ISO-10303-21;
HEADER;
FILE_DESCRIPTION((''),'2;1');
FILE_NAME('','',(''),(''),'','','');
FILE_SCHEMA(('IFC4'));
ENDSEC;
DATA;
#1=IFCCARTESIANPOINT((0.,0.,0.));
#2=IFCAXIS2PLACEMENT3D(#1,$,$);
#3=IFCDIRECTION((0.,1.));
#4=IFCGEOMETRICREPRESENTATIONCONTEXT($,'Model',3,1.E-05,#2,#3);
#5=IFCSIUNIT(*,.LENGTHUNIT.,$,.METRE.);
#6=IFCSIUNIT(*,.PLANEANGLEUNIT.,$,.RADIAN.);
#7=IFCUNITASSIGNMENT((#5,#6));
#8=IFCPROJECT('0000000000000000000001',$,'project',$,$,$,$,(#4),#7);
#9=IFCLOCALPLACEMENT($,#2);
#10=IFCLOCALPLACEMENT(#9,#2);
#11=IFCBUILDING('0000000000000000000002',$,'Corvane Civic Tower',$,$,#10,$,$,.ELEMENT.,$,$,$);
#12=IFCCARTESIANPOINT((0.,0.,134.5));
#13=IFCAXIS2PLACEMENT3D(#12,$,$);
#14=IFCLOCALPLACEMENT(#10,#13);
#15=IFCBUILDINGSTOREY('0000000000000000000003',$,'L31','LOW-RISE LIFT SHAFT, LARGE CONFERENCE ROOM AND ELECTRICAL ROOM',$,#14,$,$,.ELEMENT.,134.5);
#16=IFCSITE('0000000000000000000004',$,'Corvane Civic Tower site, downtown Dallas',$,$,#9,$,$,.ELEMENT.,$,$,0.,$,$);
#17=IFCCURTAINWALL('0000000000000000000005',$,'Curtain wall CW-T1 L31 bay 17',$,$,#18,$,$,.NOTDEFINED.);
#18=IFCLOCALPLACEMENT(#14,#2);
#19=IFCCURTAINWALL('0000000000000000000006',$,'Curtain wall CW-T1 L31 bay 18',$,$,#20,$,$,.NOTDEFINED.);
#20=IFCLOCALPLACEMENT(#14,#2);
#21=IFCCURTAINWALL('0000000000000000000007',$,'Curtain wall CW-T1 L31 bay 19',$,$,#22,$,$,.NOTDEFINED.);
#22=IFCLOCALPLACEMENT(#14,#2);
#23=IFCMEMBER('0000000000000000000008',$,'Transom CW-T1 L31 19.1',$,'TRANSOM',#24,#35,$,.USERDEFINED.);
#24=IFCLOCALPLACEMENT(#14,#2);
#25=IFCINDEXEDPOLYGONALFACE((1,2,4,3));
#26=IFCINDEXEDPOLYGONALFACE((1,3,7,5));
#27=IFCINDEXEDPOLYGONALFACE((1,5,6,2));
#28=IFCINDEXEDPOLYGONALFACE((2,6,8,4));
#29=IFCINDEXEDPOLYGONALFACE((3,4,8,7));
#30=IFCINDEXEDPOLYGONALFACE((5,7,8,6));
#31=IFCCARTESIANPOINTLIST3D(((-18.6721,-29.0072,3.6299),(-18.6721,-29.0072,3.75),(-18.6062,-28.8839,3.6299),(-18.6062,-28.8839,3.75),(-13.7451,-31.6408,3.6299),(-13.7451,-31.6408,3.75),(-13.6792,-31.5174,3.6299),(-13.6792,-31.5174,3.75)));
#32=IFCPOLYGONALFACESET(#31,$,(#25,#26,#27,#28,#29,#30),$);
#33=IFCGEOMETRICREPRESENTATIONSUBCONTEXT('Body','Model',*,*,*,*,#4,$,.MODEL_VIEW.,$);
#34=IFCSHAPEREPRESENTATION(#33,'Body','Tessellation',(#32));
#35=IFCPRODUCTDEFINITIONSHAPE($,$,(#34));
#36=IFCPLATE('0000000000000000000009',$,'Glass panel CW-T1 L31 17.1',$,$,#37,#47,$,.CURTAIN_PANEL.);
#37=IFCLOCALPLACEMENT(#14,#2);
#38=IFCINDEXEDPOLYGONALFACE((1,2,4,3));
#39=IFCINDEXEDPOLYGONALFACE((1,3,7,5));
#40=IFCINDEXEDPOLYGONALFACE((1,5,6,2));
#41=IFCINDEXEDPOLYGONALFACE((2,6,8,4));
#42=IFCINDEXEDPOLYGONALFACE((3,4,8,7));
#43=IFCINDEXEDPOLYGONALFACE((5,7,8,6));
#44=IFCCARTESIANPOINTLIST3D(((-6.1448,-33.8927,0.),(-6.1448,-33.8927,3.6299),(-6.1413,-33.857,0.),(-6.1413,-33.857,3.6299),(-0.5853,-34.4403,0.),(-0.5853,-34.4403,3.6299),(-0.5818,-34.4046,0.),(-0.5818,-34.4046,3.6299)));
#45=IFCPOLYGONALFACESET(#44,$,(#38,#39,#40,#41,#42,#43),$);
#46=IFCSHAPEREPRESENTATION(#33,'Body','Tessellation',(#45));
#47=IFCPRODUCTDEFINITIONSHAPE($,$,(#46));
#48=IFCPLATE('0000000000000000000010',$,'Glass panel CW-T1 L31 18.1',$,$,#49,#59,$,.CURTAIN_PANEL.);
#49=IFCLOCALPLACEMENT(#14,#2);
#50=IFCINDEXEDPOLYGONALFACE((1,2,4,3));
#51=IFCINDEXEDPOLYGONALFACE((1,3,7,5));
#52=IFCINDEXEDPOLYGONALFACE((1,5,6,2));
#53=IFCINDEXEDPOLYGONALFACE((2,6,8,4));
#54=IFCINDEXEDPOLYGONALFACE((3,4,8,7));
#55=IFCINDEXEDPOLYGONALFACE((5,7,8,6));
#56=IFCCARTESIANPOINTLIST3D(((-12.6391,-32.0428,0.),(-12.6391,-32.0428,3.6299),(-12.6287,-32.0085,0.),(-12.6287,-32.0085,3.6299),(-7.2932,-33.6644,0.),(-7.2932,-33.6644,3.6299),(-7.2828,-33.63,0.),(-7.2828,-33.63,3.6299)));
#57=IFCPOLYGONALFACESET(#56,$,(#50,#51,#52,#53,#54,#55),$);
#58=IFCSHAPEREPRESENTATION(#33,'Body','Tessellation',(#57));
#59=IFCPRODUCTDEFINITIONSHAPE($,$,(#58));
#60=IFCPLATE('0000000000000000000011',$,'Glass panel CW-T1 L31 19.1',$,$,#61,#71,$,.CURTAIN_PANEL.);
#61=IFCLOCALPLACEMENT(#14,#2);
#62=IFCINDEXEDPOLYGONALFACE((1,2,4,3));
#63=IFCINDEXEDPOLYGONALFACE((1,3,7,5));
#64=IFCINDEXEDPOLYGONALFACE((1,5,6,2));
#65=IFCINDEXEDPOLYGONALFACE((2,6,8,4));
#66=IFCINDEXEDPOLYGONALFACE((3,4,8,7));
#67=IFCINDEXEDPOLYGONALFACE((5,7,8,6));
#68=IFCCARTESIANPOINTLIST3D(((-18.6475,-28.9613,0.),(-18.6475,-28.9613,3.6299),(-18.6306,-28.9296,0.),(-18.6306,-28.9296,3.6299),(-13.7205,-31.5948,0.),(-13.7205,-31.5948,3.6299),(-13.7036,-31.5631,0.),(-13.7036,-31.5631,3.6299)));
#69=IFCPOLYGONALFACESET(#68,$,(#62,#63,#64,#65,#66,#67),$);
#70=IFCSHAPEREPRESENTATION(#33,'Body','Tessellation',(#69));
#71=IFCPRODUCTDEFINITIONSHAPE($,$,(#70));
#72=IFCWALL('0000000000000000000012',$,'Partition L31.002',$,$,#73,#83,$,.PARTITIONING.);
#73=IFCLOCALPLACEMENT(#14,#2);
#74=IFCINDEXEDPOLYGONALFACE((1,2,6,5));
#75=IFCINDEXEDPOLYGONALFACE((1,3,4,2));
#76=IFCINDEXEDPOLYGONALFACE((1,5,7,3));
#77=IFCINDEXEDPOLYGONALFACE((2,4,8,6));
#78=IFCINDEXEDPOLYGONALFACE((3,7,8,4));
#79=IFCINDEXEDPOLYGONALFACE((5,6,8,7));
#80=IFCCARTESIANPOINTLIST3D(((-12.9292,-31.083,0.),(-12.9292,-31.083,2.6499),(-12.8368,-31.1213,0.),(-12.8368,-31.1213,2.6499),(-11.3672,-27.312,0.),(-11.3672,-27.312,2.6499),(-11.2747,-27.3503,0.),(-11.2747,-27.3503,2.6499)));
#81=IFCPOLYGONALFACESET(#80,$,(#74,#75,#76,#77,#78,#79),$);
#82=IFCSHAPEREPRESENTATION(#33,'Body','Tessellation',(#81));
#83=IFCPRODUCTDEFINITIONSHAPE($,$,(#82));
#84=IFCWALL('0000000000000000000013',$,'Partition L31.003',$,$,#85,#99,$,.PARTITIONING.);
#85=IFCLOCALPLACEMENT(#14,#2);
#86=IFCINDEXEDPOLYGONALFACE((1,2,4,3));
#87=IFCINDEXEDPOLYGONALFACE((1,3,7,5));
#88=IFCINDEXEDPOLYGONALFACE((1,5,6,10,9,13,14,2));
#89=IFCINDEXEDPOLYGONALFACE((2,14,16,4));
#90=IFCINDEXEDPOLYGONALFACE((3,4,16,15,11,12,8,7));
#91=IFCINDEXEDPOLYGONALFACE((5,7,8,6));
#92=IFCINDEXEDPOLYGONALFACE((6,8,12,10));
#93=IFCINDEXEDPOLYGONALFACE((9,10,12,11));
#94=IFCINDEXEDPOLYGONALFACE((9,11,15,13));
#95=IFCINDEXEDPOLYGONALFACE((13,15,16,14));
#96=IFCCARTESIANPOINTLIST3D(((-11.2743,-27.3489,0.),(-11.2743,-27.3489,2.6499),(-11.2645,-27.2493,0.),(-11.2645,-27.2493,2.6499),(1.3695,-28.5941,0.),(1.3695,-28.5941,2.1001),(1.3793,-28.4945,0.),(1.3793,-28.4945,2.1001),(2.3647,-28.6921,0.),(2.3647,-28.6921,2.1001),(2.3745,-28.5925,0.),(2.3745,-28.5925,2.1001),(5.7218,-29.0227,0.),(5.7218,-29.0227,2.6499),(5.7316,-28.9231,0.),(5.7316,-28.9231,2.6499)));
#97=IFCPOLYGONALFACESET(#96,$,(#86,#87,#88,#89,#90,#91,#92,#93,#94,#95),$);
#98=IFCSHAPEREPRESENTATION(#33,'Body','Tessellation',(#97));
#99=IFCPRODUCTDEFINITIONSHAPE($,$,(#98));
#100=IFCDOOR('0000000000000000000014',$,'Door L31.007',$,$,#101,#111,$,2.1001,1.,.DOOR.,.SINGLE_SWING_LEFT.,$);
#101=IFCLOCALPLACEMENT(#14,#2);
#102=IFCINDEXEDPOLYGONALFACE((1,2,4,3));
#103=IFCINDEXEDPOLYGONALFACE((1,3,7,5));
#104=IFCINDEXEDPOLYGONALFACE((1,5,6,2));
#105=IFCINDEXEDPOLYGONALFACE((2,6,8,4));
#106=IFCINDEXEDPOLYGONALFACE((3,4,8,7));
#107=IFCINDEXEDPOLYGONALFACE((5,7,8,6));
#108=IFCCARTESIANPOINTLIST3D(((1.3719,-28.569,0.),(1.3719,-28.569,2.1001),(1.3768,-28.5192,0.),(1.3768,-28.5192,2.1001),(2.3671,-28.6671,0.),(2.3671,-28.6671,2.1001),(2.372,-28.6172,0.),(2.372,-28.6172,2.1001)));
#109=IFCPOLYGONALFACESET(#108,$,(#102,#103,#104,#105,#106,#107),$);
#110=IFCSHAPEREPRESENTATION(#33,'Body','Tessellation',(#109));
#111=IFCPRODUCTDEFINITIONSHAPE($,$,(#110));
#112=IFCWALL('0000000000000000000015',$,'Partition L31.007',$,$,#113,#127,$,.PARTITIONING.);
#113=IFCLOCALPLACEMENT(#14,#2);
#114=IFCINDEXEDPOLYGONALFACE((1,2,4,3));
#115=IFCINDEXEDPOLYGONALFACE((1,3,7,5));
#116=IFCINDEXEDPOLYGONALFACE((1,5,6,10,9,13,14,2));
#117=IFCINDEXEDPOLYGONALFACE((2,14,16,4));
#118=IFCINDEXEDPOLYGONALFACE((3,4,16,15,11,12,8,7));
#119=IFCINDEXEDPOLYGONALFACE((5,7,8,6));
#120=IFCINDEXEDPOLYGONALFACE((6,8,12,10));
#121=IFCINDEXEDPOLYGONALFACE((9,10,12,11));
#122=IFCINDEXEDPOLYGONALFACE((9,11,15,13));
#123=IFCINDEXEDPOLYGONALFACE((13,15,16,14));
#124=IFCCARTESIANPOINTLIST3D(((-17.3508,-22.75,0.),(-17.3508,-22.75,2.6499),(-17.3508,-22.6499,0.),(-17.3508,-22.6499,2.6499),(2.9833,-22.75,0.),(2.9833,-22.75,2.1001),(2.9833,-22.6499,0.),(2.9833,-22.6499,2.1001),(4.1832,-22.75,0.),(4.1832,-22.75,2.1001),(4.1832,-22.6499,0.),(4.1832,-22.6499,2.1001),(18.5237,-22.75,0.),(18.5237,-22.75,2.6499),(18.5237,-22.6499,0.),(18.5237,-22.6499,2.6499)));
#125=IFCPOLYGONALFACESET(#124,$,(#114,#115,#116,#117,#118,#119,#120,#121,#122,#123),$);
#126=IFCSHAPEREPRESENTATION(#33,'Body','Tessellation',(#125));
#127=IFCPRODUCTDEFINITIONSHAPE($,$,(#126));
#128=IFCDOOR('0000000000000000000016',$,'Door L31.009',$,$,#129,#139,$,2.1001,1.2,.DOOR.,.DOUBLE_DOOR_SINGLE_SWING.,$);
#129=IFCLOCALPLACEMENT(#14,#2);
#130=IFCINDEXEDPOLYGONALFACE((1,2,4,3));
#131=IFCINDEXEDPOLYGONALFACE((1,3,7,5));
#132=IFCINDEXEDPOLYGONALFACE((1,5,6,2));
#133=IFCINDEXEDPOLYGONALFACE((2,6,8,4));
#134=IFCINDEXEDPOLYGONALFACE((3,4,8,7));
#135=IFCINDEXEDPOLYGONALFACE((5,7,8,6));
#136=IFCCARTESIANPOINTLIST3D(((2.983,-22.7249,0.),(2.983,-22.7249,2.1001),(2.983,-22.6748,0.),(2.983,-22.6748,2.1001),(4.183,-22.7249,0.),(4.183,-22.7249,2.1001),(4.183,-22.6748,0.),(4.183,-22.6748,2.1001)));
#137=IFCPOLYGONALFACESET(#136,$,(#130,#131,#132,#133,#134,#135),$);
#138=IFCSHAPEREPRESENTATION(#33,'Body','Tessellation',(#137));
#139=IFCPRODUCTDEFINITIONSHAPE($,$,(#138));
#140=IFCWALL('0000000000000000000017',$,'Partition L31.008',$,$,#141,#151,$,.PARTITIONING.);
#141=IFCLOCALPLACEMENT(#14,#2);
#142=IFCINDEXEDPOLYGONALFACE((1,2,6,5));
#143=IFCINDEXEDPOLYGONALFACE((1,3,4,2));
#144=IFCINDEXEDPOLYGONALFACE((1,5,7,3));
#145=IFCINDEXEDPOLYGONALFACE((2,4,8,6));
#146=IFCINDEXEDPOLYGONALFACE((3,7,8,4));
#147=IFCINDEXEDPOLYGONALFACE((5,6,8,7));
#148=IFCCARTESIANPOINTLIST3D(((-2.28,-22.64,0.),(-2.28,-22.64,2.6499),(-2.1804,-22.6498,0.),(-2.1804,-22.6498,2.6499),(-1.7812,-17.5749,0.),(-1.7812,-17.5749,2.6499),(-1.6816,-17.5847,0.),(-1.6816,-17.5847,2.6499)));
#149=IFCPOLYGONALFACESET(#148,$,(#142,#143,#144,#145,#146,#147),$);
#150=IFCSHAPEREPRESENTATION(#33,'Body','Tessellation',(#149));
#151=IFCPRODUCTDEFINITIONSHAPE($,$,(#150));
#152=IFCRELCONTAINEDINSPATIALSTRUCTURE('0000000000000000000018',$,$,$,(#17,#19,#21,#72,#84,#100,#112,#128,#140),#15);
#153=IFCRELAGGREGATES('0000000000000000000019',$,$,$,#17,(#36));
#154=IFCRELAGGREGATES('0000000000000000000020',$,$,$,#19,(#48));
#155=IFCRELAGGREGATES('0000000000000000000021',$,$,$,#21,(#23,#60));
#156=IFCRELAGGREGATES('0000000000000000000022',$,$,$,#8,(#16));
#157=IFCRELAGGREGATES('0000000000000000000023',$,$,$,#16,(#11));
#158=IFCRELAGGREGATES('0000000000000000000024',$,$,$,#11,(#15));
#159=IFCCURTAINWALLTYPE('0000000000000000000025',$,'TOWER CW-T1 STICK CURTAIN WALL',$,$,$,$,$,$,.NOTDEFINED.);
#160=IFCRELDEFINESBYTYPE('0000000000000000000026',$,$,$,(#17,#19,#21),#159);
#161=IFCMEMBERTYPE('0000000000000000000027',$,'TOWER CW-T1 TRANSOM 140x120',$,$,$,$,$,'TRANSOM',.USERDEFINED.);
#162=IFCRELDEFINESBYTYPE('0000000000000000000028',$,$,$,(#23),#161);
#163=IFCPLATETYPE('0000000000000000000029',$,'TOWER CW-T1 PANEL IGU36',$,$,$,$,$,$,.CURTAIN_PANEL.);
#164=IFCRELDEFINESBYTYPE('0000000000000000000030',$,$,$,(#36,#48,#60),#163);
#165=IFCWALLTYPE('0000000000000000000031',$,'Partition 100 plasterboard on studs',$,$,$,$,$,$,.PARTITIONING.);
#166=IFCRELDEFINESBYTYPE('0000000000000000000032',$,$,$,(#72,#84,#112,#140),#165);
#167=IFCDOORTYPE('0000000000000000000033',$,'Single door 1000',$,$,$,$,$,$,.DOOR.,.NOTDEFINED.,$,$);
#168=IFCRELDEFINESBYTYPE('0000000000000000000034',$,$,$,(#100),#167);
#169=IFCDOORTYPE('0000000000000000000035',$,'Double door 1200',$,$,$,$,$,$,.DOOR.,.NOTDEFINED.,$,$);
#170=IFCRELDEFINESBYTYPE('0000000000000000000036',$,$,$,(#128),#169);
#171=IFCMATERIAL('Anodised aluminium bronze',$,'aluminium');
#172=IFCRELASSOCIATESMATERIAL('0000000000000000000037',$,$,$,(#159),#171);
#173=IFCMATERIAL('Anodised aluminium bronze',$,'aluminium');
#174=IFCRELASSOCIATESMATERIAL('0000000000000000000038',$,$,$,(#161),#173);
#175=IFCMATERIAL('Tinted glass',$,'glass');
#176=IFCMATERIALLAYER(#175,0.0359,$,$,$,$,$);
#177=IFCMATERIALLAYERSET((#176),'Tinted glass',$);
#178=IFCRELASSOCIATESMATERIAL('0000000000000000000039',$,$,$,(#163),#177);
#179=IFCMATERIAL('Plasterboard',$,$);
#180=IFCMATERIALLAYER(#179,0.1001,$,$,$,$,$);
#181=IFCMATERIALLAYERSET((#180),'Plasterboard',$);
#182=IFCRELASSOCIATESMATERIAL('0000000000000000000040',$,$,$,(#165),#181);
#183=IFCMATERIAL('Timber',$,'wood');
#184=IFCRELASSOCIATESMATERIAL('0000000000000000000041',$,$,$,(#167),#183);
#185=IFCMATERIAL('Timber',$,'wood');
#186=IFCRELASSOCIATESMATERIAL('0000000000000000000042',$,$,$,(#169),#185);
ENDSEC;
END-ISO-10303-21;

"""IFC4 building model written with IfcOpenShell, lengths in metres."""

from ifc_helpers import new_model, si_unit, direction, frame, frame_2d, origin, origin_2d, place, context, subcontext, project, spatial, rectangle, extrude, material, layer, layer_set, material_profile, profile_set, type_object, element, fill, aggregate, save


model = new_model("IFC4")

# Units and contexts
model_context = context("Model", 3, precision=1e-05, world=origin(), true_north=direction((0.0, 1.0)))
body_context = subcontext(model_context, "Body", "Model", "MODEL_VIEW")
ifc_project = project(units=[si_unit("LENGTHUNIT", "METRE"), si_unit("PLANEANGLEUNIT", "RADIAN")], contexts=[model_context])

# Site, building, storey
site_placement = place(None, origin())
site = spatial("IfcSite", under=ifc_project, at=site_placement, Name="Corvane Civic Tower site, downtown Dallas", CompositionType="ELEMENT", RefElevation=0.0)
building_placement = place(site_placement, origin())
building = spatial("IfcBuilding", under=site, at=building_placement, Name="Corvane Civic Tower", CompositionType="ELEMENT")
storey_placement = place(building_placement, frame((0.0, 0.0, 134.5)))
storey = spatial("IfcBuildingStorey", under=building, at=storey_placement, Name="L31", Description="LOW-RISE LIFT SHAFT, LARGE CONFERENCE ROOM AND ELECTRICAL ROOM", CompositionType="ELEMENT", Elevation=134.5)

# Curtain walls, member
ifc_material_1 = material(Name="Anodised aluminium bronze", Category="aluminium")
curtain_wall_type = type_object("IfcCurtainWallType", Name="TOWER CW-T1 STICK CURTAIN WALL", PredefinedType="NOTDEFINED", material=ifc_material_1)
curtain_wall_1_placement = place(storey_placement, origin())
curtain_wall_1 = element("IfcCurtainWall", 1, at=curtain_wall_1_placement, inside=storey, type_object=curtain_wall_type, Name="Curtain wall CW-T1 L31 bay 17", PredefinedType="NOTDEFINED")
ifc_material_2 = material(Name="Anodised aluminium bronze", Category="aluminium")
ifc_material_profile_1 = material_profile(ifc_material_2, rectangle(XDim=0.1399, YDim=0.1201, at=origin_2d()), Name="TOWER CW-T1 TRANSOM 140x120")
ifc_profile_set_1 = profile_set([ifc_material_profile_1], Name="Anodised aluminium bronze")
member_type = type_object("IfcMemberType", Name="TOWER CW-T1 TRANSOM 140x120", ElementType="TRANSOM", PredefinedType="USERDEFINED", material=ifc_profile_set_1)
curtain_wall_2_placement = place(storey_placement, origin())
curtain_wall_2 = element("IfcCurtainWall", 2, at=curtain_wall_2_placement, inside=storey, type_object=curtain_wall_type, Name="Curtain wall CW-T1 L31 bay 18", PredefinedType="NOTDEFINED")
curtain_wall_3_placement = place(storey_placement, origin())
curtain_wall_3 = element("IfcCurtainWall", 3, at=curtain_wall_3_placement, inside=storey, type_object=curtain_wall_type, Name="Curtain wall CW-T1 L31 bay 19", PredefinedType="NOTDEFINED")
member_1_placement = place(storey_placement, frame((-13.7122, -31.5791, 3.6899), z_axis=(-0.881921, 0.471398, 0.0), x_axis=(-0.471398, -0.881921, 0.0)))
member_1 = element("IfcMember", 4, at=member_1_placement, type_object=member_type, Name="Transom CW-T1 L31 19.1", ObjectType="TRANSOM", PredefinedType="USERDEFINED", context=body_context, shape_type="SweptSolid", body=[
    extrude(rectangle(XDim=0.1399, YDim=0.1201, at=origin_2d()), origin(), (0.0, 0.0, 1.0), 5.5867),
])

# Plates
ifc_material_3 = material(Name="Tinted glass", Category="glass")
ifc_layer_1 = layer(ifc_material_3, 0.0359)
ifc_layer_set_1 = layer_set([ifc_layer_1], Name="Tinted glass")
plate_type = type_object("IfcPlateType", Name="TOWER CW-T1 PANEL IGU36", PredefinedType="CURTAIN_PANEL", material=ifc_layer_set_1)
plate_1_placement = place(storey_placement, frame((-3.3633, -34.1487, 0.0), z_axis=(0.0, 0.0, 1.0), x_axis=(-0.995184, 0.098027, 0.0)))
plate_1 = element("IfcPlate", 5, at=plate_1_placement, type_object=plate_type, Name="Glass panel CW-T1 L31 17.1", PredefinedType="CURTAIN_PANEL", context=body_context, shape_type="SweptSolid", body=[
    extrude(rectangle(XDim=5.5864, YDim=0.0359, at=origin_2d()), origin(), (0.0, 0.0, 1.0), 3.6299),
])
aggregate(curtain_wall_1, [plate_1])
plate_2_placement = place(storey_placement, frame((-9.9609, -32.8364, 0.0), z_axis=(0.0, 0.0, 1.0), x_axis=(-0.956946, 0.290266, 0.0)))
plate_2 = element("IfcPlate", 6, at=plate_2_placement, type_object=plate_type, Name="Glass panel CW-T1 L31 18.1", PredefinedType="CURTAIN_PANEL", context=body_context, shape_type="SweptSolid", body=[
    extrude(rectangle(XDim=5.5864, YDim=0.0359, at=origin_2d()), origin(), (0.0, 0.0, 1.0), 3.6299),
])
aggregate(curtain_wall_2, [plate_2])
plate_3_placement = place(storey_placement, frame((-16.1755, -30.2622, 0.0), z_axis=(0.0, 0.0, 1.0), x_axis=(-0.881924, 0.471392, 0.0)))
plate_3 = element("IfcPlate", 7, at=plate_3_placement, type_object=plate_type, Name="Glass panel CW-T1 L31 19.1", PredefinedType="CURTAIN_PANEL", context=body_context, shape_type="SweptSolid", body=[
    extrude(rectangle(XDim=5.5867, YDim=0.0359, at=origin_2d()), origin(), (0.0, 0.0, 1.0), 3.6299),
])
aggregate(curtain_wall_3, [member_1, plate_3])

# Wall
ifc_material_4 = material(Name="Plasterboard")
ifc_layer_2 = layer(ifc_material_4, 0.1001)
ifc_layer_set_2 = layer_set([ifc_layer_2], Name="Plasterboard")
wall_type_1 = type_object("IfcWallType", Name="Partition 100 plasterboard on studs", PredefinedType="PARTITIONING", material=ifc_layer_set_2)
wall_1_placement = place(storey_placement, frame((-12.8831, -31.1023, 0.0), z_axis=(0.0, 0.0, 1.0), x_axis=(0.382686, 0.923878, 0.0)))
element("IfcWall", 8, at=wall_1_placement, inside=storey, type_object=wall_type_1, Name="Partition L31.002", PredefinedType="PARTITIONING", context=body_context, shape_type="SweptSolid", body=[
    extrude(rectangle(XDim=4.0818, YDim=0.1001, at=frame_2d((2.041, 0.0))), origin(), (0.0, 0.0, 1.0), 2.6499),
])

# Walls, openings, doors
wall_2_placement = place(storey_placement, frame((-11.2693, -27.2991, 0.0), z_axis=(0.0, 0.0, 1.0), x_axis=(0.995186, -0.098009, 0.0)))
wall_2 = element("IfcWall", 9, at=wall_2_placement, inside=storey, type_object=wall_type_1, Name="Partition L31.003", PredefinedType="PARTITIONING", context=body_context, shape_type="SweptSolid", body=[
    extrude(rectangle(XDim=17.0784, YDim=0.1001, at=frame_2d((8.5391, 0.0))), origin(), (0.0, 0.0, 1.0), 2.6499),
])
opening_1_placement = place(wall_2_placement, frame((12.7048, 0.0, 0.0)))
opening_1 = element("IfcOpeningElement", 10, at=opening_1_placement, cuts=wall_2, PredefinedType="OPENING", context=body_context, shape_type="SweptSolid", body=[
    extrude(rectangle(XDim=1.0, YDim=2.1001, at=frame_2d((0.5, 1.05))), frame((0.0, 0.0601, 0.0), z_axis=(0.0, -1.0, 0.0), x_axis=(1.0, 0.0, 0.0)), (0.0, 0.0, 1.0), 0.1201),
])
ifc_material_5 = material(Name="Timber", Category="wood")
door_type_1 = type_object("IfcDoorType", Name="Single door 1000", OperationType="NOTDEFINED", PredefinedType="DOOR", material=ifc_material_5)
door_1_placement = place(opening_1_placement, frame((1.0, 0.0, 0.0), z_axis=(0.0, 0.0, 1.0), x_axis=(-1.0, 0.0, 0.0)))
door_1 = element("IfcDoor", 11, at=door_1_placement, inside=storey, type_object=door_type_1, Name="Door L31.007", OperationType="SINGLE_SWING_LEFT", OverallHeight=2.1001, OverallWidth=1.0, PredefinedType="DOOR", context=body_context, shape_type="SweptSolid", body=[
    extrude(rectangle(XDim=1.0, YDim=2.1001, at=frame_2d((0.5, 1.05))), frame((0.0, 0.0249, 0.0), z_axis=(0.0, -1.0, 0.0), x_axis=(1.0, 0.0, 0.0)), (0.0, 0.0, 1.0), 0.05),
])
fill(opening_1, door_1)
wall_3_placement = place(storey_placement, frame((-17.3508, -22.7, 0.0), z_axis=(0.0, 0.0, 1.0), x_axis=(1.0, 0.0, 0.0)))
wall_3 = element("IfcWall", 12, at=wall_3_placement, inside=storey, type_object=wall_type_1, Name="Partition L31.007", PredefinedType="PARTITIONING", context=body_context, shape_type="SweptSolid", body=[
    extrude(rectangle(XDim=35.8745, YDim=0.1001, at=frame_2d((17.9373, 0.0))), origin(), (0.0, 0.0, 1.0), 2.6499),
])
opening_2_placement = place(wall_3_placement, frame((20.334, 0.0, 0.0)))
opening_2 = element("IfcOpeningElement", 13, at=opening_2_placement, cuts=wall_3, PredefinedType="OPENING", context=body_context, shape_type="SweptSolid", body=[
    extrude(rectangle(XDim=1.2, YDim=2.1001, at=frame_2d((0.6001, 1.05))), frame((0.0, 0.0601, 0.0), z_axis=(0.0, -1.0, 0.0), x_axis=(1.0, 0.0, 0.0)), (0.0, 0.0, 1.0), 0.1201),
])
ifc_material_6 = material(Name="Timber", Category="wood")
door_type_2 = type_object("IfcDoorType", Name="Double door 1200", OperationType="NOTDEFINED", PredefinedType="DOOR", material=ifc_material_6)
door_2_placement = place(opening_2_placement, frame((1.2, 0.0, 0.0), z_axis=(0.0, 0.0, 1.0), x_axis=(-1.0, 0.0, 0.0)))
door_2 = element("IfcDoor", 14, at=door_2_placement, inside=storey, type_object=door_type_2, Name="Door L31.009", OperationType="DOUBLE_DOOR_SINGLE_SWING", OverallHeight=2.1001, OverallWidth=1.2, PredefinedType="DOOR", context=body_context, shape_type="SweptSolid", body=[
    extrude(rectangle(XDim=1.2, YDim=2.1001, at=frame_2d((0.6001, 1.05))), frame((0.0, 0.0249, 0.0), z_axis=(0.0, -1.0, 0.0), x_axis=(1.0, 0.0, 0.0)), (0.0, 0.0, 1.0), 0.05),
])
fill(opening_2, door_2)

# Wall
wall_4_placement = place(storey_placement, frame((-2.2302, -22.645, 0.0), z_axis=(0.0, 0.0, 1.0), x_axis=(0.097998, 0.995187, 0.0)))
element("IfcWall", 15, at=wall_4_placement, inside=storey, type_object=wall_type_1, Name="Partition L31.008", PredefinedType="PARTITIONING", context=body_context, shape_type="SweptSolid", body=[
    extrude(rectangle(XDim=5.0896, YDim=0.1001, at=frame_2d((2.5449, 0.0))), origin(), (0.0, 0.0, 1.0), 2.6499),
])

save(model, "model.ifc")
